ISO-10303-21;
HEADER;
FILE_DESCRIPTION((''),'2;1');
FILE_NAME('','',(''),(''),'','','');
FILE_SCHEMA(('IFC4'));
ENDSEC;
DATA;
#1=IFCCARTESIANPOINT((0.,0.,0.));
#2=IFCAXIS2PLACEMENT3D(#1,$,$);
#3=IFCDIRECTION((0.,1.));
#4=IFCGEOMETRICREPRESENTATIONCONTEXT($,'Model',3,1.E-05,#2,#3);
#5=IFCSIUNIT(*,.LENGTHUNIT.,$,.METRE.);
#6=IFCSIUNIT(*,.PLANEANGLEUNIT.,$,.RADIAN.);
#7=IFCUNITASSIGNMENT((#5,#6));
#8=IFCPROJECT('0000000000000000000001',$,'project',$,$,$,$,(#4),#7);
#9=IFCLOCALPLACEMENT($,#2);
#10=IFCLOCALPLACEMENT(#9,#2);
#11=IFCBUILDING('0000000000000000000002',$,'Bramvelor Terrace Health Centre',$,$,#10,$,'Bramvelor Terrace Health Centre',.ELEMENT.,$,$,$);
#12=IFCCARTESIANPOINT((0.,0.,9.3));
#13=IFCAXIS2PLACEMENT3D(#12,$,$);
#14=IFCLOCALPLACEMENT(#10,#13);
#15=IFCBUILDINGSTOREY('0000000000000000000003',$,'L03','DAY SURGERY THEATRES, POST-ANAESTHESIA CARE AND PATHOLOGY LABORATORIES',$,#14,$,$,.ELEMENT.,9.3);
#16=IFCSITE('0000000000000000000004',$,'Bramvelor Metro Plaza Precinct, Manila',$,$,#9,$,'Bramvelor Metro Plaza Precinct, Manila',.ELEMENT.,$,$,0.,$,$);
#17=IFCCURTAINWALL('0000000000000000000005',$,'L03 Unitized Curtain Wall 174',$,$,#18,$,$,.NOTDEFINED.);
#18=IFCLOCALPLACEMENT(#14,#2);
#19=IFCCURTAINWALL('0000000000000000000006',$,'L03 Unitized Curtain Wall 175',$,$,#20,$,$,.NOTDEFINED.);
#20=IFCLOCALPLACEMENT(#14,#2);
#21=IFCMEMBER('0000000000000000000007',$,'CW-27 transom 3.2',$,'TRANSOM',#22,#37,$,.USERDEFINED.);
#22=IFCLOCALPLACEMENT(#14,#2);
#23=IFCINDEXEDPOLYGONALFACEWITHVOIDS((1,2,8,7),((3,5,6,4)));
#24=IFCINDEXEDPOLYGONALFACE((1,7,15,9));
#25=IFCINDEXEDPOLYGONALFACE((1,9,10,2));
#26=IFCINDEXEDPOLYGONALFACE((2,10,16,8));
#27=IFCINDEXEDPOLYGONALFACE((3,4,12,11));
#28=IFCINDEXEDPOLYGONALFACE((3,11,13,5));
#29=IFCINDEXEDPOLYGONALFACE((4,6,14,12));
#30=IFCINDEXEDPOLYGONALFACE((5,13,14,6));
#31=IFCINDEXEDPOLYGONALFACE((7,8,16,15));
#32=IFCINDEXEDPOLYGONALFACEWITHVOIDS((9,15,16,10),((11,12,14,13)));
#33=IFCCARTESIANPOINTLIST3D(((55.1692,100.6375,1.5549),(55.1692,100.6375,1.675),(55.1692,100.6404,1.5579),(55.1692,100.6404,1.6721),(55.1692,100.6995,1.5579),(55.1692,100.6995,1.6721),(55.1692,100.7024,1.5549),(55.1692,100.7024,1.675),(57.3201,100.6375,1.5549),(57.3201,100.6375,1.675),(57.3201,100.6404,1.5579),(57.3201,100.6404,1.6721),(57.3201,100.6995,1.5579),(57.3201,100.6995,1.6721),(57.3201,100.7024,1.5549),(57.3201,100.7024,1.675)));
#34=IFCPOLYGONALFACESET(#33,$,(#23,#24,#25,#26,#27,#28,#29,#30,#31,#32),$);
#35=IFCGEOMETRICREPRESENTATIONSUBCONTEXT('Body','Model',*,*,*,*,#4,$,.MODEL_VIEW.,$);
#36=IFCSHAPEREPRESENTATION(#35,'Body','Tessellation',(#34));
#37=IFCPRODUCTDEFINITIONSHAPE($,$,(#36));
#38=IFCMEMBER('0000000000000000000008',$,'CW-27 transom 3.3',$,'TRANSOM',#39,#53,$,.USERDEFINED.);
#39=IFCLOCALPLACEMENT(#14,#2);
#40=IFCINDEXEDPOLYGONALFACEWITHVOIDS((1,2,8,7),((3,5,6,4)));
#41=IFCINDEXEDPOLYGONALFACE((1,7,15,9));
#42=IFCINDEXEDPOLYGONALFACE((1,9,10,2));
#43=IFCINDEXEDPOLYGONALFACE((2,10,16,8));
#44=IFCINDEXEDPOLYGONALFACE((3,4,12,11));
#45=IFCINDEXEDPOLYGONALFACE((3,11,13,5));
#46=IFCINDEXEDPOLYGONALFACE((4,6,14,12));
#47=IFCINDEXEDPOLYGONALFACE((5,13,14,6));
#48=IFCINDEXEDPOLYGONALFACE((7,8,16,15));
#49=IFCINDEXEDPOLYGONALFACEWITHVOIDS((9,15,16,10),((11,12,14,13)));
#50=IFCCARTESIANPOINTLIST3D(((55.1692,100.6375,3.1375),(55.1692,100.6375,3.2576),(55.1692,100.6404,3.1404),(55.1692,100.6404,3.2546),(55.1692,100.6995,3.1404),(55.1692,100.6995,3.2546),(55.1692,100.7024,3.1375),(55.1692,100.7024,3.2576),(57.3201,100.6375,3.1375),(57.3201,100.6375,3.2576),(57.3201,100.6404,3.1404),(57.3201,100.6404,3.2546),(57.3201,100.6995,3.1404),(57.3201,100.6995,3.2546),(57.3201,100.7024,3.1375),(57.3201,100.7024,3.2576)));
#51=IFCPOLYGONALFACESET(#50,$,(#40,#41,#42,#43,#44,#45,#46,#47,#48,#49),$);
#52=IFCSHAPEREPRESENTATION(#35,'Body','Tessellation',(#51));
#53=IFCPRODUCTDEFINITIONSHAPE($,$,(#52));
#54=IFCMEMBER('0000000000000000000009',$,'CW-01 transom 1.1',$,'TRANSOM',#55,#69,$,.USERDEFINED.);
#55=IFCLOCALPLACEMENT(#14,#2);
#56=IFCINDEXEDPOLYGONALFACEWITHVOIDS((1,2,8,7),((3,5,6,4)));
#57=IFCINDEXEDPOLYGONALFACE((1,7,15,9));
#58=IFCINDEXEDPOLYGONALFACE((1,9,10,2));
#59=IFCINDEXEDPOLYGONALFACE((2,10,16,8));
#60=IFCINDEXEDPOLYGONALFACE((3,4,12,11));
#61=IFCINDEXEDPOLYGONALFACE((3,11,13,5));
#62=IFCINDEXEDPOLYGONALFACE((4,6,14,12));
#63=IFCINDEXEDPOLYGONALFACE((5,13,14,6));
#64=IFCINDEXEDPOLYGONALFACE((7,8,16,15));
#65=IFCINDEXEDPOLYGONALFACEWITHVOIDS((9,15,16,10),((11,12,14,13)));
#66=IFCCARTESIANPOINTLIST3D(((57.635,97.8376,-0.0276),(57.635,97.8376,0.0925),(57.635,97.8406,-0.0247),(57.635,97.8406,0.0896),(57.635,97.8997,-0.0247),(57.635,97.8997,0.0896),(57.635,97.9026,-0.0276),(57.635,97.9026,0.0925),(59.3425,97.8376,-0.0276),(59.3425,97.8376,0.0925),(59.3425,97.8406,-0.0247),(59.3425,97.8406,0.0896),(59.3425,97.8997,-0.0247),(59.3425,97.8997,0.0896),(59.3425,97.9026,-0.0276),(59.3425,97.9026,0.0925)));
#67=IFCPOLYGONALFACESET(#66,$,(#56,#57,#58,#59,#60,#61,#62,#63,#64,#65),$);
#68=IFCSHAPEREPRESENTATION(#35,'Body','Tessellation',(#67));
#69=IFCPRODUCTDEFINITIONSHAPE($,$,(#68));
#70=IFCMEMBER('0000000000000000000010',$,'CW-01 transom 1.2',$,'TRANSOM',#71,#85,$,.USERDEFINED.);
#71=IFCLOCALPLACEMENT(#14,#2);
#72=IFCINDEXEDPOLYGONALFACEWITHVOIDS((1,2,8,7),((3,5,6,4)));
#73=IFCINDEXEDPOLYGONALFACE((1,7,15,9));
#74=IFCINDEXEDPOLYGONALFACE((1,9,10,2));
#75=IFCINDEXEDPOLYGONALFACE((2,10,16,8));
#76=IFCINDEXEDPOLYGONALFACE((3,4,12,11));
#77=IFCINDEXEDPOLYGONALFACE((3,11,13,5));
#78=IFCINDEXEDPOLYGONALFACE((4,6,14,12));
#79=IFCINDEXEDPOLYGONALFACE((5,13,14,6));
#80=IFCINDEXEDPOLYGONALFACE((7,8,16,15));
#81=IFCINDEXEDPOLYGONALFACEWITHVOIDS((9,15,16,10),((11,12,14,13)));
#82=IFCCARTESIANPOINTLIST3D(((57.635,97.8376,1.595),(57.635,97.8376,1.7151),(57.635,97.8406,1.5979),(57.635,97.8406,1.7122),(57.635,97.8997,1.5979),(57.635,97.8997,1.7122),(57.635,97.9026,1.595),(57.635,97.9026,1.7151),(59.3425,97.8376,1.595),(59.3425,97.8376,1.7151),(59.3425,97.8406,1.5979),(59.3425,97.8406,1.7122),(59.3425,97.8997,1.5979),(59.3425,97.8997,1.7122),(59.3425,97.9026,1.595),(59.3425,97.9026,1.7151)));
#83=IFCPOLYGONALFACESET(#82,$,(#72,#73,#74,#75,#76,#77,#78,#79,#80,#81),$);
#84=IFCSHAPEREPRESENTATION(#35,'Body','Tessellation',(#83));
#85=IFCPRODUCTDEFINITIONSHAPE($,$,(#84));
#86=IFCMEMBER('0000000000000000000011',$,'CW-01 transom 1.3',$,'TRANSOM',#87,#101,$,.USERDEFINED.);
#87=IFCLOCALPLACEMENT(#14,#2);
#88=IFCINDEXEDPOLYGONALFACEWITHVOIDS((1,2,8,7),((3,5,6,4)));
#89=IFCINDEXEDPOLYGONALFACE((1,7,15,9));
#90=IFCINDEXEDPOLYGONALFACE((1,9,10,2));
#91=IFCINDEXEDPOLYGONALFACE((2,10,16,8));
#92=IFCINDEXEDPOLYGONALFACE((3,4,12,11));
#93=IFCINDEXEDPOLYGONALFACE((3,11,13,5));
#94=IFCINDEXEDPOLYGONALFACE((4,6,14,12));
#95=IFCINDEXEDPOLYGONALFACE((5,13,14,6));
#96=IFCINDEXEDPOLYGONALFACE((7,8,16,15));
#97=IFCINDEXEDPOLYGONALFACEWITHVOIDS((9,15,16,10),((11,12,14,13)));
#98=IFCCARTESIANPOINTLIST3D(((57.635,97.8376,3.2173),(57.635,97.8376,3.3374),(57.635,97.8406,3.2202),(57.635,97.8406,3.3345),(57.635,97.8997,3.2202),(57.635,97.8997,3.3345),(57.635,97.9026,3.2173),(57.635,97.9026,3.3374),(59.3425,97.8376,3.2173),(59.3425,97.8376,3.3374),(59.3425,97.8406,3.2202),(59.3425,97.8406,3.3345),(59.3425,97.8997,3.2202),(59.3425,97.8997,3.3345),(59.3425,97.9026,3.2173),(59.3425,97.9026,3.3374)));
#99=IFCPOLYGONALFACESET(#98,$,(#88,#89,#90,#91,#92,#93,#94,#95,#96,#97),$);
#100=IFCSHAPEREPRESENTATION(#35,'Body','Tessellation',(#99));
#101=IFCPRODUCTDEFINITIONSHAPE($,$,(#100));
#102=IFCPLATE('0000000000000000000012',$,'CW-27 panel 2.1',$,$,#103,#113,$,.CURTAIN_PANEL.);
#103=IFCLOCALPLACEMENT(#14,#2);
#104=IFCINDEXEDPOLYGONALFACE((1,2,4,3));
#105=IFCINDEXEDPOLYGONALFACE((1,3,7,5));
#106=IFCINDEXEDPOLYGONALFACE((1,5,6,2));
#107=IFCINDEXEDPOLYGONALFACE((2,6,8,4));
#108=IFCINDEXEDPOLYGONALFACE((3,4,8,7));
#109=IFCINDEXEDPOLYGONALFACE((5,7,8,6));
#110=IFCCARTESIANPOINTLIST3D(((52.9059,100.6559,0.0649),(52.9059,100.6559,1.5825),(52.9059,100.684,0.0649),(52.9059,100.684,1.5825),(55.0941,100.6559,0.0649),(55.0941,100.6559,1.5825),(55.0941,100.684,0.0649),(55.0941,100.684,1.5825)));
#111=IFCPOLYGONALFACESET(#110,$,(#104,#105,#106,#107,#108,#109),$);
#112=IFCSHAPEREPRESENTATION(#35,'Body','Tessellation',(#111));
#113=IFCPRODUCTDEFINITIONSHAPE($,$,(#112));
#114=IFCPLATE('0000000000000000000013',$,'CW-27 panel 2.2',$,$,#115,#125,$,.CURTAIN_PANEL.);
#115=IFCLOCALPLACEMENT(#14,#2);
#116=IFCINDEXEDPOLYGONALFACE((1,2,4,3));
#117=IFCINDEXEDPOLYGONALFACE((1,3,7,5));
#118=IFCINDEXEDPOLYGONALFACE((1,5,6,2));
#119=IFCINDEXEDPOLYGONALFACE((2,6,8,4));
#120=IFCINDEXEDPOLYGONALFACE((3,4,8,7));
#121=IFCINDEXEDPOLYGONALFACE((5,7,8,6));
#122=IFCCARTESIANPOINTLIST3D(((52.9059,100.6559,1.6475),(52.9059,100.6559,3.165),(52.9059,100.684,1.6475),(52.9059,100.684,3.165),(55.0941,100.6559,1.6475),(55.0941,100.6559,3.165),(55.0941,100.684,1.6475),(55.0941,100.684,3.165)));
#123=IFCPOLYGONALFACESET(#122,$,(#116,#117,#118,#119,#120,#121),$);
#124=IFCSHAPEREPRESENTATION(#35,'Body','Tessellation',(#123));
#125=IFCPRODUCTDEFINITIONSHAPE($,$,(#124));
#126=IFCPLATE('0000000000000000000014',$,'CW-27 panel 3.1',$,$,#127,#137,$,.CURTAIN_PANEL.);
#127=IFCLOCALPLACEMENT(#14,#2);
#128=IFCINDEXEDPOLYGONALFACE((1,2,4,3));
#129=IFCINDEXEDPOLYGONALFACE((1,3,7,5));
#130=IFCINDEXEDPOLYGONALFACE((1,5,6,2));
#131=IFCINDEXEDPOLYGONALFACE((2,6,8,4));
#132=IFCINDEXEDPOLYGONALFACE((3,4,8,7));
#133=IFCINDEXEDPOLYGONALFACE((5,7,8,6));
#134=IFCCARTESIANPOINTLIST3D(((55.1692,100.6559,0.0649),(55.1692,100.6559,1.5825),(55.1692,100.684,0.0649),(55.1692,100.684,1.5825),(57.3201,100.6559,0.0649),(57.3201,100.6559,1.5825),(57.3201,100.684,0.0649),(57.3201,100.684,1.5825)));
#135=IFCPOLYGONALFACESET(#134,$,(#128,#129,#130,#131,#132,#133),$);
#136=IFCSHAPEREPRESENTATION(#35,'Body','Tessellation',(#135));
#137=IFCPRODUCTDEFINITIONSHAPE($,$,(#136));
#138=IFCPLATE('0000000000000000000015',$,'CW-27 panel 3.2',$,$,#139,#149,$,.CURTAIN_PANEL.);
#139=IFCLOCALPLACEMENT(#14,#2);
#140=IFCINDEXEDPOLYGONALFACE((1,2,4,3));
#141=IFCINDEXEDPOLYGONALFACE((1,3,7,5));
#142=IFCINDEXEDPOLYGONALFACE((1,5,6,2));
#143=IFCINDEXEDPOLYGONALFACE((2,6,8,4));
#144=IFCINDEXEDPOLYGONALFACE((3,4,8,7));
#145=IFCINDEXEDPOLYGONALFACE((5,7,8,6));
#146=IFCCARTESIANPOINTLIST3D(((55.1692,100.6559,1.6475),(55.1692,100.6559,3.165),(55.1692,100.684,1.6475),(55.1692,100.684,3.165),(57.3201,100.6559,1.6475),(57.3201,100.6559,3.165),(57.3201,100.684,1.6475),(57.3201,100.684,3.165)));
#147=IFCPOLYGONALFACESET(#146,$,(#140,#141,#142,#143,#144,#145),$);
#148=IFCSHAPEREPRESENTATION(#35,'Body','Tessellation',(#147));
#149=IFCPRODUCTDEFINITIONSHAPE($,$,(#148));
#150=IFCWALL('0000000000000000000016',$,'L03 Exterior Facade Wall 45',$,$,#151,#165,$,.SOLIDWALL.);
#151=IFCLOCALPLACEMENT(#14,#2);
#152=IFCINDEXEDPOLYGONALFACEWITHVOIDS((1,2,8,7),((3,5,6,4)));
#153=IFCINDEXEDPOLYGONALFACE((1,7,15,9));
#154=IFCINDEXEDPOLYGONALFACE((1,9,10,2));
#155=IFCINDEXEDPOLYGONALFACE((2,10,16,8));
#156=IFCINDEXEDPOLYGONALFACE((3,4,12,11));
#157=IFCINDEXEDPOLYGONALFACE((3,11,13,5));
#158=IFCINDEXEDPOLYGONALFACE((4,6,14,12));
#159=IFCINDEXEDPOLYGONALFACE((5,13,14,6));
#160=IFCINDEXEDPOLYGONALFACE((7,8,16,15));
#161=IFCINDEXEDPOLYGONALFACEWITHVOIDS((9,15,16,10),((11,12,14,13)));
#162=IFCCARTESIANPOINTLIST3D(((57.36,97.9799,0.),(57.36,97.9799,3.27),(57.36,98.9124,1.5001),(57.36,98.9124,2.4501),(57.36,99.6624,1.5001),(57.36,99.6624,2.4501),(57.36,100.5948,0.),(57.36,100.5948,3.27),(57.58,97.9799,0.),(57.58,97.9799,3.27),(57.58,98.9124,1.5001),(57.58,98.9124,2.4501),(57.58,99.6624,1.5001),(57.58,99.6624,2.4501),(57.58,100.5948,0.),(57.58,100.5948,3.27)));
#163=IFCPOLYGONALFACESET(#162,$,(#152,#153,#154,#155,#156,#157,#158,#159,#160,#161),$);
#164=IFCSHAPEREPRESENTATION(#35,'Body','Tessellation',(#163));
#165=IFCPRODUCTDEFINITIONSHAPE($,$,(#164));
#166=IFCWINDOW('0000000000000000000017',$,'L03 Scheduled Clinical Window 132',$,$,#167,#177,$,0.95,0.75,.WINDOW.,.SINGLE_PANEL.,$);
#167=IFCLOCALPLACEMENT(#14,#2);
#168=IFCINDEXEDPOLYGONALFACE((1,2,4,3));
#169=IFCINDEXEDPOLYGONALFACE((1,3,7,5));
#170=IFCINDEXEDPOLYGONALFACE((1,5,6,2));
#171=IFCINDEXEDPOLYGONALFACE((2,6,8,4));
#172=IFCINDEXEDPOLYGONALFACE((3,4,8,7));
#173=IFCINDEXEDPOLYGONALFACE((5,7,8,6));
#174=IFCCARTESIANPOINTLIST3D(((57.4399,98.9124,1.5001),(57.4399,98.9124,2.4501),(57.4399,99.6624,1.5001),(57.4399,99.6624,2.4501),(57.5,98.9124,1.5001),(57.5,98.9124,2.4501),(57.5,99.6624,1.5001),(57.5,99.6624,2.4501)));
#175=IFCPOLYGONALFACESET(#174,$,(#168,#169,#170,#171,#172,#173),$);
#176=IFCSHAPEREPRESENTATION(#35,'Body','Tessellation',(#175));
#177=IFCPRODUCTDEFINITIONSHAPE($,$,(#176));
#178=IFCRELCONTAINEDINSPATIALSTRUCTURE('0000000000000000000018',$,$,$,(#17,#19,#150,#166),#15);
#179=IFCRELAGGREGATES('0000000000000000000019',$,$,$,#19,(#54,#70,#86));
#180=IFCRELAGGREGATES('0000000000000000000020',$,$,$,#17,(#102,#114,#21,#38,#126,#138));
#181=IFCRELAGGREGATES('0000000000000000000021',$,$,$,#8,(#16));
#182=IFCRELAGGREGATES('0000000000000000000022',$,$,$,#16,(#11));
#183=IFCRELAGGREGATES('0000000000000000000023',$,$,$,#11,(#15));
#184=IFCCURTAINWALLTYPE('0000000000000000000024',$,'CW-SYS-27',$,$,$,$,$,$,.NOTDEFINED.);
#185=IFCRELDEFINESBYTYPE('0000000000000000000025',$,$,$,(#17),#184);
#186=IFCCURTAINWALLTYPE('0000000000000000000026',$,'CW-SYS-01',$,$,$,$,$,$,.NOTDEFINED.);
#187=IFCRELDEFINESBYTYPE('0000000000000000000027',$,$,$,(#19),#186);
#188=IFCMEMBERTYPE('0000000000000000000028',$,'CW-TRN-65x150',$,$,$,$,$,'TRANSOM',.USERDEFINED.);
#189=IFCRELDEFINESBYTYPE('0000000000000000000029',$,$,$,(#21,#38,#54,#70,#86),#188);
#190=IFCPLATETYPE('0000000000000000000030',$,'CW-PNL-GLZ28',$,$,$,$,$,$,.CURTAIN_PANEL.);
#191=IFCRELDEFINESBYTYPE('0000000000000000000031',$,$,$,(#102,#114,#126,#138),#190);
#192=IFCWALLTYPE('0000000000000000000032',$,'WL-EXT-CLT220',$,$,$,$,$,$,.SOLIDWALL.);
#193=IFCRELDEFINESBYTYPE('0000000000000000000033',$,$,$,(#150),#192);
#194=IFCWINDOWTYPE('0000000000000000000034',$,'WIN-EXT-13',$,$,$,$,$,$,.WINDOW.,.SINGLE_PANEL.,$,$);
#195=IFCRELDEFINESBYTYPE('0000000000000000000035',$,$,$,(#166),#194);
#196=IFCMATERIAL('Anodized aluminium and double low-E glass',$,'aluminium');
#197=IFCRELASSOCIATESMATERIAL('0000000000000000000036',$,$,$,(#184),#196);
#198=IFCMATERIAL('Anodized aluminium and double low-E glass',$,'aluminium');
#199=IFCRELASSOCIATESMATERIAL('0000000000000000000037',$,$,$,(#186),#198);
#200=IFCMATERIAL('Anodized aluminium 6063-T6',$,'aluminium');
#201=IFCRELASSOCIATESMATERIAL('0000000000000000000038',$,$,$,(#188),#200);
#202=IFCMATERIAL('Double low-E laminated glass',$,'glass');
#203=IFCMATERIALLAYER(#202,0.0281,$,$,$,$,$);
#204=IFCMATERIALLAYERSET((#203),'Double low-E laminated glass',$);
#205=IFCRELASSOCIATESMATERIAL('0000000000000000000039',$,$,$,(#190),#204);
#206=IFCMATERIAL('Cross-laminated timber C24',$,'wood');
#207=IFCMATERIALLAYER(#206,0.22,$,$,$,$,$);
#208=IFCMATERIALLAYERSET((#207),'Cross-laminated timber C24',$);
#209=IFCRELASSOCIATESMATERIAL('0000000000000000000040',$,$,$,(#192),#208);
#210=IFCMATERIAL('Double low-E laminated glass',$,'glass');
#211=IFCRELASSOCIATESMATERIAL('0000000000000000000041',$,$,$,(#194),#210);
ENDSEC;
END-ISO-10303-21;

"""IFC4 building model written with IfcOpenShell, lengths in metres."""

from ifc_helpers import new_model, si_unit, direction, frame, frame_2d, origin, origin_2d, place, context, subcontext, project, spatial, rectangle, hollow_rectangle, extrude, material, layer, layer_set, material_profile, profile_set, type_object, element, fill, aggregate, save


model = new_model("IFC4")

# Units and contexts
model_context = context("Model", 3, precision=1e-05, world=origin(), true_north=direction((0.0, 1.0)))
body_context = subcontext(model_context, "Body", "Model", "MODEL_VIEW")
ifc_project = project(units=[si_unit("LENGTHUNIT", "METRE"), si_unit("PLANEANGLEUNIT", "RADIAN")], contexts=[model_context])

# Site, building, storey
site_placement = place(None, origin())
site = spatial("IfcSite", under=ifc_project, at=site_placement, Name="Bramvelor Metro Plaza Precinct, Manila", LongName="Bramvelor Metro Plaza Precinct, Manila", CompositionType="ELEMENT", RefElevation=0.0)
building_placement = place(site_placement, origin())
building = spatial("IfcBuilding", under=site, at=building_placement, Name="Bramvelor Terrace Health Centre", LongName="Bramvelor Terrace Health Centre", CompositionType="ELEMENT")
storey_placement = place(building_placement, frame((0.0, 0.0, 9.3)))
storey = spatial("IfcBuildingStorey", under=building, at=storey_placement, Name="L03", Description="DAY SURGERY THEATRES, POST-ANAESTHESIA CARE AND PATHOLOGY LABORATORIES", CompositionType="ELEMENT", Elevation=9.3)

# Curtain wall
ifc_material_1 = material(Name="Anodized aluminium and double low-E glass", Category="aluminium")
curtain_wall_type_1 = type_object("IfcCurtainWallType", Name="CW-SYS-27", PredefinedType="NOTDEFINED", material=ifc_material_1)
curtain_wall_1_placement = place(storey_placement, origin())
curtain_wall_1 = element("IfcCurtainWall", 1, at=curtain_wall_1_placement, inside=storey, type_object=curtain_wall_type_1, Name="L03 Unitized Curtain Wall 174", PredefinedType="NOTDEFINED")

# Curtain wall
ifc_material_2 = material(Name="Anodized aluminium and double low-E glass", Category="aluminium")
curtain_wall_type_2 = type_object("IfcCurtainWallType", Name="CW-SYS-01", PredefinedType="NOTDEFINED", material=ifc_material_2)
curtain_wall_2_placement = place(storey_placement, origin())
curtain_wall_2 = element("IfcCurtainWall", 2, at=curtain_wall_2_placement, inside=storey, type_object=curtain_wall_type_2, Name="L03 Unitized Curtain Wall 175", PredefinedType="NOTDEFINED")

# Members
ifc_material_3 = material(Name="Anodized aluminium 6063-T6", Category="aluminium")
ifc_material_profile_1 = material_profile(ifc_material_3, hollow_rectangle(XDim=0.0649, YDim=0.1201, WallThickness=0.0029, at=origin_2d()), Name="ALU-TRN 65x120x3.0")
ifc_profile_set_1 = profile_set([ifc_material_profile_1], Name="Anodized aluminium 6063-T6")
member_type_1 = type_object("IfcMemberType", Name="CW-TRN-65x150", ElementType="TRANSOM", PredefinedType="USERDEFINED", material=ifc_profile_set_1)
member_1_placement = place(storey_placement, frame((55.1692, 100.6699, 1.615), z_axis=(1.0, 0.0, 0.0), x_axis=(0.0, 1.0, 0.0)))
member_1 = element("IfcMember", 3, at=member_1_placement, type_object=member_type_1, Name="CW-27 transom 3.2", ObjectType="TRANSOM", PredefinedType="USERDEFINED", context=body_context, shape_type="SweptSolid", body=[
    extrude(hollow_rectangle(XDim=0.0649, YDim=0.1201, WallThickness=0.0029, at=origin_2d()), origin(), (0.0, 0.0, 1.0), 2.1509),
])
member_2_placement = place(storey_placement, frame((55.1692, 100.6699, 3.1975), z_axis=(1.0, 0.0, 0.0), x_axis=(0.0, 1.0, 0.0)))
member_2 = element("IfcMember", 4, at=member_2_placement, type_object=member_type_1, Name="CW-27 transom 3.3", ObjectType="TRANSOM", PredefinedType="USERDEFINED", context=body_context, shape_type="SweptSolid", body=[
    extrude(hollow_rectangle(XDim=0.0649, YDim=0.1201, WallThickness=0.0029, at=origin_2d()), origin(), (0.0, 0.0, 1.0), 2.1509),
])
member_3_placement = place(storey_placement, frame((57.635, 97.8701, 0.0325), z_axis=(1.0, 0.0, 0.0), x_axis=(0.0, 1.0, 0.0)))
member_3 = element("IfcMember", 5, at=member_3_placement, type_object=member_type_1, Name="CW-01 transom 1.1", ObjectType="TRANSOM", PredefinedType="USERDEFINED", context=body_context, shape_type="SweptSolid", body=[
    extrude(hollow_rectangle(XDim=0.0649, YDim=0.1201, WallThickness=0.0029, at=origin_2d()), origin(), (0.0, 0.0, 1.0), 1.7075),
])
member_4_placement = place(storey_placement, frame((57.635, 97.8701, 1.655), z_axis=(1.0, 0.0, 0.0), x_axis=(0.0, 1.0, 0.0)))
member_4 = element("IfcMember", 6, at=member_4_placement, type_object=member_type_1, Name="CW-01 transom 1.2", ObjectType="TRANSOM", PredefinedType="USERDEFINED", context=body_context, shape_type="SweptSolid", body=[
    extrude(hollow_rectangle(XDim=0.0649, YDim=0.1201, WallThickness=0.0029, at=origin_2d()), origin(), (0.0, 0.0, 1.0), 1.7075),
])
member_5_placement = place(storey_placement, frame((57.635, 97.8701, 3.2773), z_axis=(1.0, 0.0, 0.0), x_axis=(0.0, 1.0, 0.0)))
member_5 = element("IfcMember", 7, at=member_5_placement, type_object=member_type_1, Name="CW-01 transom 1.3", ObjectType="TRANSOM", PredefinedType="USERDEFINED", context=body_context, shape_type="SweptSolid", body=[
    extrude(hollow_rectangle(XDim=0.0649, YDim=0.1201, WallThickness=0.0029, at=origin_2d()), origin(), (0.0, 0.0, 1.0), 1.7075),
])
aggregate(curtain_wall_2, [member_3, member_4, member_5])

# Plates
ifc_material_4 = material(Name="Double low-E laminated glass", Category="glass")
ifc_layer_1 = layer(ifc_material_4, 0.0281)
ifc_layer_set_1 = layer_set([ifc_layer_1], Name="Double low-E laminated glass")
plate_type = type_object("IfcPlateType", Name="CW-PNL-GLZ28", PredefinedType="CURTAIN_PANEL", material=ifc_layer_set_1)
plate_1_placement = place(storey_placement, frame((54.0, 100.6699, 0.0649), z_axis=(0.0, 0.0, 1.0), x_axis=(1.0, 0.0, 0.0)))
plate_1 = element("IfcPlate", 8, at=plate_1_placement, type_object=plate_type, Name="CW-27 panel 2.1", PredefinedType="CURTAIN_PANEL", context=body_context, shape_type="SweptSolid", body=[
    extrude(rectangle(XDim=2.1882, YDim=0.0281, at=origin_2d()), origin(), (0.0, 0.0, 1.0), 1.5176),
])
plate_2_placement = place(storey_placement, frame((54.0, 100.6699, 1.6475), z_axis=(0.0, 0.0, 1.0), x_axis=(1.0, 0.0, 0.0)))
plate_2 = element("IfcPlate", 9, at=plate_2_placement, type_object=plate_type, Name="CW-27 panel 2.2", PredefinedType="CURTAIN_PANEL", context=body_context, shape_type="SweptSolid", body=[
    extrude(rectangle(XDim=2.1882, YDim=0.0281, at=origin_2d()), origin(), (0.0, 0.0, 1.0), 1.5176),
])
plate_3_placement = place(storey_placement, frame((56.2446, 100.6699, 0.0649), z_axis=(0.0, 0.0, 1.0), x_axis=(1.0, 0.0, 0.0)))
plate_3 = element("IfcPlate", 10, at=plate_3_placement, type_object=plate_type, Name="CW-27 panel 3.1", PredefinedType="CURTAIN_PANEL", context=body_context, shape_type="SweptSolid", body=[
    extrude(rectangle(XDim=2.1509, YDim=0.0281, at=origin_2d()), origin(), (0.0, 0.0, 1.0), 1.5176),
])
plate_4_placement = place(storey_placement, frame((56.2446, 100.6699, 1.6475), z_axis=(0.0, 0.0, 1.0), x_axis=(1.0, 0.0, 0.0)))
plate_4 = element("IfcPlate", 11, at=plate_4_placement, type_object=plate_type, Name="CW-27 panel 3.2", PredefinedType="CURTAIN_PANEL", context=body_context, shape_type="SweptSolid", body=[
    extrude(rectangle(XDim=2.1509, YDim=0.0281, at=origin_2d()), origin(), (0.0, 0.0, 1.0), 1.5176),
])
aggregate(curtain_wall_1, [plate_1, plate_2, member_1, member_2, plate_3, plate_4])

# Wall, opening, window
ifc_material_5 = material(Name="Cross-laminated timber C24", Category="wood")
ifc_layer_2 = layer(ifc_material_5, 0.22)
ifc_layer_set_2 = layer_set([ifc_layer_2], Name="Cross-laminated timber C24")
wall_type = type_object("IfcWallType", Name="WL-EXT-CLT220", PredefinedType="SOLIDWALL", material=ifc_layer_set_2)
wall_placement = place(storey_placement, frame((57.47, 100.595, 0.0), z_axis=(0.0, 0.0, 1.0), x_axis=(0.0, -1.0, 0.0)))
wall = element("IfcWall", 12, at=wall_placement, inside=storey, type_object=wall_type, Name="L03 Exterior Facade Wall 45", PredefinedType="SOLIDWALL", context=body_context, shape_type="SweptSolid", body=[
    extrude(rectangle(XDim=2.615, YDim=0.22, at=frame_2d((1.3076, 0.0))), origin(), (0.0, 0.0, 1.0), 3.27),
])
opening_placement = place(wall_placement, frame((0.9326, 0.0, 1.5)))
opening = element("IfcOpeningElement", 13, at=opening_placement, cuts=wall, PredefinedType="OPENING", context=body_context, shape_type="SweptSolid", body=[
    extrude(rectangle(XDim=0.75, YDim=0.95, at=frame_2d((0.375, 0.4751))), frame((0.0, 0.1199, 0.0), z_axis=(0.0, -1.0, 0.0), x_axis=(1.0, 0.0, 0.0)), (0.0, 0.0, 1.0), 0.24),
])
ifc_material_6 = material(Name="Double low-E laminated glass", Category="glass")
window_type = type_object("IfcWindowType", Name="WIN-EXT-13", PartitioningType="SINGLE_PANEL", PredefinedType="WINDOW", material=ifc_material_6)
window_placement = place(opening_placement, origin())
window = element("IfcWindow", 14, at=window_placement, inside=storey, type_object=window_type, Name="L03 Scheduled Clinical Window 132", OverallHeight=0.95, OverallWidth=0.75, PartitioningType="SINGLE_PANEL", PredefinedType="WINDOW", context=body_context, shape_type="SweptSolid", body=[
    extrude(rectangle(XDim=0.75, YDim=0.95, at=frame_2d((0.375, 0.4751))), frame((0.0, 0.03, 0.0), z_axis=(0.0, -1.0, 0.0), x_axis=(1.0, 0.0, 0.0)), (0.0, 0.0, 1.0), 0.0601),
])
fill(opening, window)

save(model, "model.ifc")
